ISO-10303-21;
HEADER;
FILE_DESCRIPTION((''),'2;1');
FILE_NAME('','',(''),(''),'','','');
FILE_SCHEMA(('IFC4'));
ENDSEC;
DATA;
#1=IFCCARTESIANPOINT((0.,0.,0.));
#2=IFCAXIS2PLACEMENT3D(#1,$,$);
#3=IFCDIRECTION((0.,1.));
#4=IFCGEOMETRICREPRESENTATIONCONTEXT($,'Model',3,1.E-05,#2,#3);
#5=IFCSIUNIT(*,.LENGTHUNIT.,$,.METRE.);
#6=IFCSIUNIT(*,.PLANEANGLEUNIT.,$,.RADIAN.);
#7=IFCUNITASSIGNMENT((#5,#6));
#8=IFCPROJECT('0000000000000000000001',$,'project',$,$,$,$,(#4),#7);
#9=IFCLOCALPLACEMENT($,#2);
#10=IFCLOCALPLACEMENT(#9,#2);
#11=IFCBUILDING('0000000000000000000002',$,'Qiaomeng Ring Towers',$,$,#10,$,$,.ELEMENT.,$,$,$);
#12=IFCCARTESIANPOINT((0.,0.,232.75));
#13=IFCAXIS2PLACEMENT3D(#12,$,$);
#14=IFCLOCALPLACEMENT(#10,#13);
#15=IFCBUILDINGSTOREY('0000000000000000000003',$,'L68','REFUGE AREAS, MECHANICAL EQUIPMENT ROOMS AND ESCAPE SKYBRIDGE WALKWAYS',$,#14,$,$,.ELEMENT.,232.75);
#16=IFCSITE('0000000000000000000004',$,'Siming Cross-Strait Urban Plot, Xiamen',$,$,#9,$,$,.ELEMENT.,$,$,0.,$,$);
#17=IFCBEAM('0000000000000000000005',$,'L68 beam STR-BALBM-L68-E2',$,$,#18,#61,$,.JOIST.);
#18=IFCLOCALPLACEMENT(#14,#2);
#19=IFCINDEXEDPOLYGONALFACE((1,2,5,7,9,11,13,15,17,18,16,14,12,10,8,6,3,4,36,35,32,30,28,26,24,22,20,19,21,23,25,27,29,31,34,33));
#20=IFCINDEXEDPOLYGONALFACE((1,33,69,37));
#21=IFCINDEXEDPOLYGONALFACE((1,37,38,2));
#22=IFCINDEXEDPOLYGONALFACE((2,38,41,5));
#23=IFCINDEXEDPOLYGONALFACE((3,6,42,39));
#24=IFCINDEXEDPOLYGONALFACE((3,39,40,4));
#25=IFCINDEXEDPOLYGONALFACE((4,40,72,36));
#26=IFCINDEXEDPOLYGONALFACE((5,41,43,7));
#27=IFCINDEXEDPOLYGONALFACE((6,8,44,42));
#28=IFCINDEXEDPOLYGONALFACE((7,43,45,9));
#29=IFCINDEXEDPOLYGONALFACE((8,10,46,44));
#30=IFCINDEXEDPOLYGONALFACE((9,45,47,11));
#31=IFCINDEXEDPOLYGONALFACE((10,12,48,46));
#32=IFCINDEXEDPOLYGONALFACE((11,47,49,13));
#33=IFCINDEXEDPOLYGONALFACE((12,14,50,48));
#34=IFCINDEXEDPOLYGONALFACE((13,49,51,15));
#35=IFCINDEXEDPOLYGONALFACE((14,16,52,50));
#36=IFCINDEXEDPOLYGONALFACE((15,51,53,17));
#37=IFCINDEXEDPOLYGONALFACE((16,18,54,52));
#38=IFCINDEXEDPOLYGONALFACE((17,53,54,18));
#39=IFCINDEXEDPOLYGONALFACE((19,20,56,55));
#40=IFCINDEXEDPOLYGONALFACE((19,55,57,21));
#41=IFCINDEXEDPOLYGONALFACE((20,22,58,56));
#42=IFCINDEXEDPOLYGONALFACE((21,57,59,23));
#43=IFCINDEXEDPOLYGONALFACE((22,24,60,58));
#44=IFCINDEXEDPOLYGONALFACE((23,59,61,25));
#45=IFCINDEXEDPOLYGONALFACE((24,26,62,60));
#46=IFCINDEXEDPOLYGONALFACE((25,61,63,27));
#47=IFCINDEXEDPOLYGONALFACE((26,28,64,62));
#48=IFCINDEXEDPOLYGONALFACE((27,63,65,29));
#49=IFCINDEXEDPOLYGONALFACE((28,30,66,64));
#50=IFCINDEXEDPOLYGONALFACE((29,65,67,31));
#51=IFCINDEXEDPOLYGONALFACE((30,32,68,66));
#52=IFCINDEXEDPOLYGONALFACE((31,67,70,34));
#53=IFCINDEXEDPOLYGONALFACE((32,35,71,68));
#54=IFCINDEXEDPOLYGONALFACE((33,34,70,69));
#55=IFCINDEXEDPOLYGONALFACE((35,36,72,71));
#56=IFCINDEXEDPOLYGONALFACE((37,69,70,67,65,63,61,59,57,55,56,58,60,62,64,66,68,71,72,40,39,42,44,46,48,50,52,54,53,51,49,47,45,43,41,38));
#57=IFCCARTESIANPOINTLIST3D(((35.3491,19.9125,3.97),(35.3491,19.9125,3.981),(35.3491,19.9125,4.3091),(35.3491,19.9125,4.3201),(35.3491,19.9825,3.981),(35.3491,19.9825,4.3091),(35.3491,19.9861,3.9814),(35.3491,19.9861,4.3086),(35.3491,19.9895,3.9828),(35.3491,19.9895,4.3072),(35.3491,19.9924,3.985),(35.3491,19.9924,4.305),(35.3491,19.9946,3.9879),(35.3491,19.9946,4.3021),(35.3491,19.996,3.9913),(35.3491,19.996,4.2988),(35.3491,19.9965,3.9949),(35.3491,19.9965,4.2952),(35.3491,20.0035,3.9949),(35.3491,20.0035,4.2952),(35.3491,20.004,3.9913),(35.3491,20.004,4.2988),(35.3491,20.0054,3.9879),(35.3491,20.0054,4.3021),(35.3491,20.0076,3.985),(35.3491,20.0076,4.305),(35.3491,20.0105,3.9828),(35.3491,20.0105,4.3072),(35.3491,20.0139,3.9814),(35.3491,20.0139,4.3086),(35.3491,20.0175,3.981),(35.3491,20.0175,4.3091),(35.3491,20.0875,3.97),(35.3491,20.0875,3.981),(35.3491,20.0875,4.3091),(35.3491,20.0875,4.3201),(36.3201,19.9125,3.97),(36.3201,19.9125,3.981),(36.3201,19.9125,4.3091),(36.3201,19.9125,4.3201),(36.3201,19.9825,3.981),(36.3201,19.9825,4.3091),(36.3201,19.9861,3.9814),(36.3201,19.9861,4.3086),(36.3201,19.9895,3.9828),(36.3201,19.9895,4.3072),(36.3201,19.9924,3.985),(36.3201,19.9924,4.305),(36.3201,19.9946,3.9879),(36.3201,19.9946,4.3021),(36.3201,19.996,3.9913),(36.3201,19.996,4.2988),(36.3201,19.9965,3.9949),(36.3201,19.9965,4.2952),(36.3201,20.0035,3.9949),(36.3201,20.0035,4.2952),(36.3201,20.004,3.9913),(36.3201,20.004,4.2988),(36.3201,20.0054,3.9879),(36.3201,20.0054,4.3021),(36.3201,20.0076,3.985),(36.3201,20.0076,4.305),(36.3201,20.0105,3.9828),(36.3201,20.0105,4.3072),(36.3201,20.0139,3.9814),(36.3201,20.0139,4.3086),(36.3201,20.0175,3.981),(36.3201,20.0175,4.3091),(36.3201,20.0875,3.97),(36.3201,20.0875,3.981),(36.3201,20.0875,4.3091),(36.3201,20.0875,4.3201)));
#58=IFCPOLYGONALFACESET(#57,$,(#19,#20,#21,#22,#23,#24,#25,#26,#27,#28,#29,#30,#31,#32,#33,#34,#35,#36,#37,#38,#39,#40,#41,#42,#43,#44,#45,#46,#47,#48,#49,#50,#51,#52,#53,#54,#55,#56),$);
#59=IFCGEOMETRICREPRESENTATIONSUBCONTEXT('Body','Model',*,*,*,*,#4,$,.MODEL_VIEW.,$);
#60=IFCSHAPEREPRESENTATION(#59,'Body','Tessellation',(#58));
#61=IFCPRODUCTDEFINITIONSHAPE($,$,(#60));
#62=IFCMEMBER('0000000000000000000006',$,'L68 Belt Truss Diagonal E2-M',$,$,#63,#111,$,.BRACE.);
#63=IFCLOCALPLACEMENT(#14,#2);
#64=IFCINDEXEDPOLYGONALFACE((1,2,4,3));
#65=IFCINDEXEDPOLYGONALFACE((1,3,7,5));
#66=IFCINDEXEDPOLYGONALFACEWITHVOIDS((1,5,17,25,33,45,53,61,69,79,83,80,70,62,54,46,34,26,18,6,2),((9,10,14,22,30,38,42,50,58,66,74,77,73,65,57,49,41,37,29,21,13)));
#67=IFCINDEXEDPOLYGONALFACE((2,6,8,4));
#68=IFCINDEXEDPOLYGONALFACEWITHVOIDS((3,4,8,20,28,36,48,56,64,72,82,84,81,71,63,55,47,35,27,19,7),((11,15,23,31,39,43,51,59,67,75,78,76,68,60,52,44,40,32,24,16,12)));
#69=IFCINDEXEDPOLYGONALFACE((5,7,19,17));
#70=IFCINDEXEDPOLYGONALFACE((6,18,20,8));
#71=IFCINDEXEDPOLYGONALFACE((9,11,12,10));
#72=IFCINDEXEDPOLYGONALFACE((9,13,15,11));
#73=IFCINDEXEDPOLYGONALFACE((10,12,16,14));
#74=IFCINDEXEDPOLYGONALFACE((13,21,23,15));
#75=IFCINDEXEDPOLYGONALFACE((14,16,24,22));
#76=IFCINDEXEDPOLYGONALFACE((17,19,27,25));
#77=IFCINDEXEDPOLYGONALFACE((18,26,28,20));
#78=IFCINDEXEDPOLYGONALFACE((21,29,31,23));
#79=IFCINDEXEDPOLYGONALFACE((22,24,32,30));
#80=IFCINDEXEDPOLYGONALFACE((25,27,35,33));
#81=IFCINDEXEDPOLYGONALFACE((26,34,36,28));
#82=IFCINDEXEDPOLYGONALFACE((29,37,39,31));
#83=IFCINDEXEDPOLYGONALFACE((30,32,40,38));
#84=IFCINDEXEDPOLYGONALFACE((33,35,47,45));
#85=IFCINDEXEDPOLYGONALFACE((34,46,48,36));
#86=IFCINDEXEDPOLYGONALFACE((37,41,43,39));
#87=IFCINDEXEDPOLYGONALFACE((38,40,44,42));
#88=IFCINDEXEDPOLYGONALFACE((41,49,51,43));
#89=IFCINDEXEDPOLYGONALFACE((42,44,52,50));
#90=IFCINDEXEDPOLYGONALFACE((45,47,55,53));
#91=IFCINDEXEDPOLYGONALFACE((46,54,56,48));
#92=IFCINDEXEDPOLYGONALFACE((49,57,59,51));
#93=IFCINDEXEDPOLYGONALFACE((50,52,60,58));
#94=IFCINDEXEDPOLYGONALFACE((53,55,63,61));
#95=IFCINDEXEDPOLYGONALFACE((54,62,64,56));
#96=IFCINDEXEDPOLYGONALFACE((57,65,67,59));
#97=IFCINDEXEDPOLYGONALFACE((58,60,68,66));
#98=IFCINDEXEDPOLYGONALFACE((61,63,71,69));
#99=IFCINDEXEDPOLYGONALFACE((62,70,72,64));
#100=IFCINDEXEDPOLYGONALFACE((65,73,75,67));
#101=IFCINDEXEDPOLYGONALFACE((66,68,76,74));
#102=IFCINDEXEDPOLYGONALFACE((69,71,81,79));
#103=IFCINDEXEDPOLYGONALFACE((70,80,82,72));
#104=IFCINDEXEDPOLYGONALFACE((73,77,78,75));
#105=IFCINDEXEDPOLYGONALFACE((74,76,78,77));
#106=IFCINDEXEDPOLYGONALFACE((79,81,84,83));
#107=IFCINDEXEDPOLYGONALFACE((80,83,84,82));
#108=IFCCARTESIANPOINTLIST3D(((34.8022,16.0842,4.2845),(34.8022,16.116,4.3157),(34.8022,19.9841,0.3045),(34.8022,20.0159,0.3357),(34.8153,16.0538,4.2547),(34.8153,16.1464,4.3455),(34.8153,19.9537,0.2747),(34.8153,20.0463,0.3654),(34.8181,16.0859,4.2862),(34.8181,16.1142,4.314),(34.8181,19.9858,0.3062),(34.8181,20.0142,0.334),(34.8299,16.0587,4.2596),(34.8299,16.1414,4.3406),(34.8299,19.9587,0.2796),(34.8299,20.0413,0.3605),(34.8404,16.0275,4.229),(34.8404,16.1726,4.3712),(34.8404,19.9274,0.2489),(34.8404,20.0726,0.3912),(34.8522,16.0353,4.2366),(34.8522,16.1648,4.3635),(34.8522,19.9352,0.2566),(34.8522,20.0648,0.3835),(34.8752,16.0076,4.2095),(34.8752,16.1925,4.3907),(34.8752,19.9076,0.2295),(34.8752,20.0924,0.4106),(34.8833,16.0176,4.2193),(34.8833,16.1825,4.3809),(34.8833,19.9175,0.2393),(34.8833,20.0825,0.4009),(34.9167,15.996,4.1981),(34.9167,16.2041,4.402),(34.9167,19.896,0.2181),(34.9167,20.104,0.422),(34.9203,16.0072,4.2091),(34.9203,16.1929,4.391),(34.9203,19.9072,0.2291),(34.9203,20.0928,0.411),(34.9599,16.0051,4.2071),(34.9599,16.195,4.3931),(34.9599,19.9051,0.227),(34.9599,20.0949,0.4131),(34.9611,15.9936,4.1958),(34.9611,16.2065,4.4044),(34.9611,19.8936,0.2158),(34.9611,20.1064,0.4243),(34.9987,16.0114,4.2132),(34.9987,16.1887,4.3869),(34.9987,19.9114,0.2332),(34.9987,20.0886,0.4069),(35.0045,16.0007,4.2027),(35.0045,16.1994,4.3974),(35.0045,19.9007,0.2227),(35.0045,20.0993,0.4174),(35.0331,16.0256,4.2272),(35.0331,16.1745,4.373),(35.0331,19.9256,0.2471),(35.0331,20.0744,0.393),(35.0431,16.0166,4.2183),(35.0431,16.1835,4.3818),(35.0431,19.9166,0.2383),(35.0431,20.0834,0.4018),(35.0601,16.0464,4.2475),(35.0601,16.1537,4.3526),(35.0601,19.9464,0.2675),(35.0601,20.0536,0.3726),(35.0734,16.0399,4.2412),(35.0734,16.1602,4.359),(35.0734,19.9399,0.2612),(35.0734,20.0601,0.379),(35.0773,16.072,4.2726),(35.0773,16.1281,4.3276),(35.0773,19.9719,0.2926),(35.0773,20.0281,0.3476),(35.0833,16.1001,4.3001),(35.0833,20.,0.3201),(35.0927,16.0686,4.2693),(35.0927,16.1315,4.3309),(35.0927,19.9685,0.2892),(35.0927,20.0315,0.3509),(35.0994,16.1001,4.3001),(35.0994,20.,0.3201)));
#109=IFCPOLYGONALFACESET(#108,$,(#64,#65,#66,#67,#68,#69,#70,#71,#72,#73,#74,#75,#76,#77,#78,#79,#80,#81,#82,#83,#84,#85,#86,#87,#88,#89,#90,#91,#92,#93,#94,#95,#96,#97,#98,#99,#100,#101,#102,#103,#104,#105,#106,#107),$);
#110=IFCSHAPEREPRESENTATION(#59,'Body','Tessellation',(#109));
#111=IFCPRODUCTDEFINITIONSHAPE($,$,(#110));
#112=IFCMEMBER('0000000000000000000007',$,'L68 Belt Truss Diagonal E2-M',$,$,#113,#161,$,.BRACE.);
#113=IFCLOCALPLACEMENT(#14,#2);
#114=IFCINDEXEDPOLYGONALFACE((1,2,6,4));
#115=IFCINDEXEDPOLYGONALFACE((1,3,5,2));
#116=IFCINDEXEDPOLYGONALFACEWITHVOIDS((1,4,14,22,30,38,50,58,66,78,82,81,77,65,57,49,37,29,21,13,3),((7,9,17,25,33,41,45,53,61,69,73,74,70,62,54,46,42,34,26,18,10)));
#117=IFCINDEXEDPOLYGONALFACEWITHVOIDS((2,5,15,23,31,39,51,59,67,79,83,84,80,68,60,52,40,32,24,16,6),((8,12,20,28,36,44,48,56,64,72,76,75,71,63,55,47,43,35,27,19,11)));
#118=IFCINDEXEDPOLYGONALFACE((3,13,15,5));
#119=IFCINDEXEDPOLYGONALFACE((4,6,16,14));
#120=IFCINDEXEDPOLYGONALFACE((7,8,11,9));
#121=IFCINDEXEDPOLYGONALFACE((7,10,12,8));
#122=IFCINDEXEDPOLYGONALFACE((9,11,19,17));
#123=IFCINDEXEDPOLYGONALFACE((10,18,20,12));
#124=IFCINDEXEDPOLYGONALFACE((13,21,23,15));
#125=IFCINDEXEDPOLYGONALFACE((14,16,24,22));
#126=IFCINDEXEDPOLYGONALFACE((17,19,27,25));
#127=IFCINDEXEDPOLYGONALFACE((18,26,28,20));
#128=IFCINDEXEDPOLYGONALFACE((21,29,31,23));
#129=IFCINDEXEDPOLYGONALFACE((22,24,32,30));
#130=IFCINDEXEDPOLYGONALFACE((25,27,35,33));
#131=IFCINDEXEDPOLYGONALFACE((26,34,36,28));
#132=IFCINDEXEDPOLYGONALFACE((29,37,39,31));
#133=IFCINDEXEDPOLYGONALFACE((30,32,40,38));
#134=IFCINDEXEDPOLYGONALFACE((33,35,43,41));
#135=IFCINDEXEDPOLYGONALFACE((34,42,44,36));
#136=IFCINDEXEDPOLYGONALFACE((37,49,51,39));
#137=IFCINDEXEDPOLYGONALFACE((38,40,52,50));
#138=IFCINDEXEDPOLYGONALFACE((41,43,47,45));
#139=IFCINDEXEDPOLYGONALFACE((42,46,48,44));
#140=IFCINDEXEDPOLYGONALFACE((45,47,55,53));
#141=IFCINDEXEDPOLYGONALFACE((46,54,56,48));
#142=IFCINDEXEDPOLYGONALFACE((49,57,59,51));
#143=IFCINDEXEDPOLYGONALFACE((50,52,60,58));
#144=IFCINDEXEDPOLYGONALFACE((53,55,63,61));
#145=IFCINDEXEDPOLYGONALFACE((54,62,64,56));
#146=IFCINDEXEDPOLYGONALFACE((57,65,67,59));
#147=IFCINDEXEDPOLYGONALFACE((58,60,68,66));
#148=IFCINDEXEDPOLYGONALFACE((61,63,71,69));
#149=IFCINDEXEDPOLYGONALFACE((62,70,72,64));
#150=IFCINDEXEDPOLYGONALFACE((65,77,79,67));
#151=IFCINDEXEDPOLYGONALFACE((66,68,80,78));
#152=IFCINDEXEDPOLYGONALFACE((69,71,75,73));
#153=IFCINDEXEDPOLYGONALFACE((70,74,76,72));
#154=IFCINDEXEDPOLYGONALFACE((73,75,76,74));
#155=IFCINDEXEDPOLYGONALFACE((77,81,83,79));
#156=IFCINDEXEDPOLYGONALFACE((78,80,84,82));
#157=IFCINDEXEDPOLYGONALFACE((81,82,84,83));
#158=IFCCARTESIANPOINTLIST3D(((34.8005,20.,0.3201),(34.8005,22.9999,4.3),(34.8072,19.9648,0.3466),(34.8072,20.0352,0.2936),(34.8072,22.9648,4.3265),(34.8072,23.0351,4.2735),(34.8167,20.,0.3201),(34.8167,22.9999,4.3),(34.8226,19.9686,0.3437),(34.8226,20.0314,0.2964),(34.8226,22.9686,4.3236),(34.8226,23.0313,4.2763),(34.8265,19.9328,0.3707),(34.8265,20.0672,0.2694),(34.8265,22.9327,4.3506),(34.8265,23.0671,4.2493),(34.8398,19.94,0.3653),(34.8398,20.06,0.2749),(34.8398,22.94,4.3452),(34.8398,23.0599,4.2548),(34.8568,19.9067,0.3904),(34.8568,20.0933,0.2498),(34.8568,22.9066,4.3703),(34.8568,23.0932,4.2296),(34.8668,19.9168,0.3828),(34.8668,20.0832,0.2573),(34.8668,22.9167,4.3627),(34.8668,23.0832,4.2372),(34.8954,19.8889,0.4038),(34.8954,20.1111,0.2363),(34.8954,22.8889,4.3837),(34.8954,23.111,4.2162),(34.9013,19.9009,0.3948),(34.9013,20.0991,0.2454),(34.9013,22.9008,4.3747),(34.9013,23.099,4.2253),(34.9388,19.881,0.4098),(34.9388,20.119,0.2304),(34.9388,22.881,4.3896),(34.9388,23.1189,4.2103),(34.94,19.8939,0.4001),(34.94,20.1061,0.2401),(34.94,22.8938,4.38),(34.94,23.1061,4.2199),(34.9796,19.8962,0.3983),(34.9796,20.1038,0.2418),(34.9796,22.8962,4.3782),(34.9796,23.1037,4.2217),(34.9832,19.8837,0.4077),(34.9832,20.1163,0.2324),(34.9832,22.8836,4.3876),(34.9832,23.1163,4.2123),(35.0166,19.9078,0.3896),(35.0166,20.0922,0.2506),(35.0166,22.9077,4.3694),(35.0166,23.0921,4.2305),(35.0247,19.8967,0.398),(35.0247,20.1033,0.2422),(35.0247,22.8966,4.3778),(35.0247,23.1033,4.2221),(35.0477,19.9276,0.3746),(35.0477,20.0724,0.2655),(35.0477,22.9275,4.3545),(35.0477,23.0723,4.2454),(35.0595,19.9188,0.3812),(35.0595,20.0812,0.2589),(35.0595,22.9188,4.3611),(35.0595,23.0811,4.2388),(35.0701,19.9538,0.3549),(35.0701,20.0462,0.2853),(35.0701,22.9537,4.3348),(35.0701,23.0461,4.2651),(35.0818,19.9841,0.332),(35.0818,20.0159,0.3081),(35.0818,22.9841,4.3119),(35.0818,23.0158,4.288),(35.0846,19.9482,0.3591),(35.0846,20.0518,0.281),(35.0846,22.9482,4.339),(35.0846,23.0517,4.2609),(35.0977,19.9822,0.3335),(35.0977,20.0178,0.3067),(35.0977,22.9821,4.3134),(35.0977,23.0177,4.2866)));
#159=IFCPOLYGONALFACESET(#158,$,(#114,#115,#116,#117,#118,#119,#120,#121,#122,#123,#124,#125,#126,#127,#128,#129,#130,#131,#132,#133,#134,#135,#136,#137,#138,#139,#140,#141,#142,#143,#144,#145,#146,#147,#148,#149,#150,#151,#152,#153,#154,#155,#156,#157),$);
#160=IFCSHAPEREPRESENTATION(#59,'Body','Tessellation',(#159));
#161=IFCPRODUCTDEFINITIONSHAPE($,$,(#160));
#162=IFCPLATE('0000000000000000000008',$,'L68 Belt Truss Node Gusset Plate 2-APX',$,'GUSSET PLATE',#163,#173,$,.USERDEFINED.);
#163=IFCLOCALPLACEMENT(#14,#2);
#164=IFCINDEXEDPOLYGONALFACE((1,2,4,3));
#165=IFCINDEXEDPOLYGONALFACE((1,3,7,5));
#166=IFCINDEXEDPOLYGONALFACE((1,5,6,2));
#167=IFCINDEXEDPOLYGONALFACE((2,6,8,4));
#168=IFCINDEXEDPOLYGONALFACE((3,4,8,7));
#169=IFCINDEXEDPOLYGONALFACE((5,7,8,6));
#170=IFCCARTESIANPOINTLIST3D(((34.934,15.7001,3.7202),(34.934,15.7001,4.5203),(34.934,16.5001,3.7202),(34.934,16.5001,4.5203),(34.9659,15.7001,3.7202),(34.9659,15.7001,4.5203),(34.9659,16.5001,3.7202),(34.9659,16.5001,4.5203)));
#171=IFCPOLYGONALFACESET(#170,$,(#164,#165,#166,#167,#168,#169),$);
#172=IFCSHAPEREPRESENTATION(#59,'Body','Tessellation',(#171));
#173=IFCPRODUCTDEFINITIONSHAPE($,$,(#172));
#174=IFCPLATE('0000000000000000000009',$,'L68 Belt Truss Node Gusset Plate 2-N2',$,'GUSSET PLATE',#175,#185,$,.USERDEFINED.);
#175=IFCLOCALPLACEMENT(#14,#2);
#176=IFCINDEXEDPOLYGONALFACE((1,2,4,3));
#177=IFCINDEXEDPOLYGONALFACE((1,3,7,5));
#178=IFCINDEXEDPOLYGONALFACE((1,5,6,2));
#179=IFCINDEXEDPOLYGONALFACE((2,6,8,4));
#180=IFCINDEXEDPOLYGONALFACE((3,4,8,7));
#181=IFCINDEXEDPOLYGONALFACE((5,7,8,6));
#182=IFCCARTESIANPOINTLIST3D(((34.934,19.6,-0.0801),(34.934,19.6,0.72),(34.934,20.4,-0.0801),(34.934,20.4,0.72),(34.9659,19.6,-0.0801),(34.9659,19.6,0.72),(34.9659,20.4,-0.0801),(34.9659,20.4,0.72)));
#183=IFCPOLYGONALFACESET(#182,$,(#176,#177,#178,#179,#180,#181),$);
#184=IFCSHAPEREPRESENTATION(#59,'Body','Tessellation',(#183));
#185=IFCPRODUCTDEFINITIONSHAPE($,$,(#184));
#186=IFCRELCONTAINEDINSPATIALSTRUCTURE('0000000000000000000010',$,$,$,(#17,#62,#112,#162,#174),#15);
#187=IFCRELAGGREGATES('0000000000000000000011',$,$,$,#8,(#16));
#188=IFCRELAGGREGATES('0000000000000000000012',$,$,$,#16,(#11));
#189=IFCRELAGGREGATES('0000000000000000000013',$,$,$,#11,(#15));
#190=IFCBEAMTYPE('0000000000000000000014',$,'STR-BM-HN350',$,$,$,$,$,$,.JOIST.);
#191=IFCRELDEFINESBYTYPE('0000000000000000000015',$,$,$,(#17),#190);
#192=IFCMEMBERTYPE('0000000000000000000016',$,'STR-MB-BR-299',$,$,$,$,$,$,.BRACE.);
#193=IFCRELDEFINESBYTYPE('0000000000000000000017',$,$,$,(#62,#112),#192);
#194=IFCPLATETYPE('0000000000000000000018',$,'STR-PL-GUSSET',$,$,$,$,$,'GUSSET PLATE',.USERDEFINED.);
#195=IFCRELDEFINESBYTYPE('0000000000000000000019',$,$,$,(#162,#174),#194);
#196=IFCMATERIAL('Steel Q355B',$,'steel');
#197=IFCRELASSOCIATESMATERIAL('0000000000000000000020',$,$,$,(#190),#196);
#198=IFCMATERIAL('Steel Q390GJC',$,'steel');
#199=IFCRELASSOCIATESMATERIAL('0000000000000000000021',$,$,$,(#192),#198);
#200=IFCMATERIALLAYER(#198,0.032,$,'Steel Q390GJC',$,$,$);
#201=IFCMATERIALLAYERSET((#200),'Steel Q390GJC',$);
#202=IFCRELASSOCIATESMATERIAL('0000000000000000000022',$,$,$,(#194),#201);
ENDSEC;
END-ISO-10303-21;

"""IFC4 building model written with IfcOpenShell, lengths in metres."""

from ifc_helpers import new_model, si_unit, direction, frame, origin, origin_2d, place, context, subcontext, project, spatial, rectangle, hollow_circle, i_section, extrude, source, transform, mapped, material, layer, layer_set, material_profile, profile_set, type_object, element, save


model = new_model("IFC4")

# Units and contexts
model_context = context("Model", 3, precision=1e-05, world=origin(), true_north=direction((0.0, 1.0)))
body_context = subcontext(model_context, "Body", "Model", "MODEL_VIEW")
ifc_project = project(units=[si_unit("LENGTHUNIT", "METRE"), si_unit("PLANEANGLEUNIT", "RADIAN")], contexts=[model_context])

# Site, building, storey
site_placement = place(None, origin())
site = spatial("IfcSite", under=ifc_project, at=site_placement, Name="Siming Cross-Strait Urban Plot, Xiamen", CompositionType="ELEMENT", RefElevation=0.0)
building_placement = place(site_placement, origin())
building = spatial("IfcBuilding", under=site, at=building_placement, Name="Qiaomeng Ring Towers", CompositionType="ELEMENT")
storey_placement = place(building_placement, frame((0.0, 0.0, 232.75)))
storey = spatial("IfcBuildingStorey", under=building, at=storey_placement, Name="L68", Description="REFUGE AREAS, MECHANICAL EQUIPMENT ROOMS AND ESCAPE SKYBRIDGE WALKWAYS", CompositionType="ELEMENT", Elevation=232.75)

# Shared definitions
ifc_material_1 = material(Name="Steel Q390GJC", Category="steel")

# Beam
ifc_material_2 = material(Name="Steel Q355B", Category="steel")
ifc_material_profile_1 = material_profile(ifc_material_2, i_section(OverallWidth=0.175, OverallDepth=0.3501, WebThickness=0.0071, FlangeThickness=0.011, FilletRadius=0.0139, at=origin_2d()), Name="HN 350x175x7x11")
ifc_profile_set_1 = profile_set([ifc_material_profile_1], Name="Steel Q355B")
beam_type_1 = type_object("IfcBeamType", Name="STR-BM-HN350", PredefinedType="JOIST", material=ifc_profile_set_1)
shared_shape_1 = source(origin(), body_context, "Body", "SweptSolid", [
    extrude(i_section(OverallWidth=0.175, OverallDepth=0.3501, WebThickness=0.0071, FlangeThickness=0.011, FilletRadius=0.0139, at=origin_2d()), origin(), (0.0, 0.0, 1.0), 0.9709),
])
beam_1_placement = place(storey_placement, frame((35.3491, 20.0, 4.145), z_axis=(1.0, 0.0, 0.0), x_axis=(0.0, 1.0, 0.0)))
element("IfcBeam", 1, at=beam_1_placement, inside=storey, type_object=beam_type_1, Name="L68 beam STR-BALBM-L68-E2", PredefinedType="JOIST", context=body_context, shape_type="MappedRepresentation", body=[
    mapped(shared_shape_1, transform((0.0, 0.0, 0.0), x_axis=(1.0, 0.0, 0.0), y_axis=(0.0, 1.0, 0.0), z_axis=(0.0, 0.0, 1.0), scale=1.0)),
])

# Members
ifc_material_profile_2 = material_profile(ifc_material_1, hollow_circle(Radius=0.1494, WallThickness=0.0161, at=origin_2d()), Name="CHS 299x16")
ifc_profile_set_2 = profile_set([ifc_material_profile_2], Name="Steel Q390GJC")
member_type_1 = type_object("IfcMemberType", Name="STR-MB-BR-299", PredefinedType="BRACE", material=ifc_profile_set_2)
shared_shape_2 = source(origin(), body_context, "Body", "SweptSolid", [
    extrude(hollow_circle(Radius=0.1494, WallThickness=0.0161, at=origin_2d()), origin(), (0.0, 0.0, 1.0), 5.5723),
])
member_1_placement = place(storey_placement, frame((34.95, 20.0, 0.3201), z_axis=(0.0, -0.699885, 0.714256), x_axis=(1.0, 0.0, 0.0)))
element("IfcMember", 2, at=member_1_placement, inside=storey, type_object=member_type_1, Name="L68 Belt Truss Diagonal E2-M", PredefinedType="BRACE", context=body_context, shape_type="MappedRepresentation", body=[
    mapped(shared_shape_2, transform((0.0, 0.0, 0.0), x_axis=(1.0, 0.0, 0.0), y_axis=(0.0, 1.0, 0.0), z_axis=(0.0, 0.0, 1.0), scale=1.0)),
])
shared_shape_3 = source(origin(), body_context, "Body", "SweptSolid", [
    extrude(hollow_circle(Radius=0.1494, WallThickness=0.0161, at=origin_2d()), origin(), (0.0, 0.0, 1.0), 4.9839),
])
member_2_placement = place(storey_placement, frame((34.95, 20.0, 0.3201), z_axis=(0.0, 0.601926, 0.798552), x_axis=(-1.0, 0.0, 0.0)))
element("IfcMember", 3, at=member_2_placement, inside=storey, type_object=member_type_1, Name="L68 Belt Truss Diagonal E2-M", PredefinedType="BRACE", context=body_context, shape_type="MappedRepresentation", body=[
    mapped(shared_shape_3, transform((0.0, 0.0, 0.0), x_axis=(1.0, 0.0, 0.0), y_axis=(0.0, 1.0, 0.0), z_axis=(0.0, 0.0, 1.0), scale=1.0)),
])

# Plates
ifc_layer_1 = layer(ifc_material_1, 0.032, Name="Steel Q390GJC")
ifc_layer_set_1 = layer_set([ifc_layer_1], Name="Steel Q390GJC")
plate_type = type_object("IfcPlateType", Name="STR-PL-GUSSET", ElementType="GUSSET PLATE", PredefinedType="USERDEFINED", material=ifc_layer_set_1)
shared_shape_4 = source(origin(), body_context, "Body", "SweptSolid", [
    extrude(rectangle(XDim=0.8, YDim=0.032, at=origin_2d()), origin(), (0.0, 0.0, 1.0), 0.8),
])
for number, where, z_axis, x_axis, name in (
    (4, (34.95, 16.1001, 3.7202), (0.0, 0.0, 1.0), (0.0, 1.0, 0.0), "L68 Belt Truss Node Gusset Plate 2-APX"),
    (5, (34.95, 20.0, -0.0801), (0.0, 0.0, 1.0), (0.0, 1.0, 0.0), "L68 Belt Truss Node Gusset Plate 2-N2"),
):
    element("IfcPlate", number, at=place(storey_placement, frame(where, z_axis=z_axis, x_axis=x_axis)), inside=storey, type_object=plate_type, Name=name, ObjectType="GUSSET PLATE", PredefinedType="USERDEFINED", context=body_context, shape_type="MappedRepresentation", body=[
        mapped(shared_shape_4, transform((0.0, 0.0, 0.0), x_axis=(1.0, 0.0, 0.0), y_axis=(0.0, 1.0, 0.0), z_axis=(0.0, 0.0, 1.0), scale=1.0)),
    ])

save(model, "model.ifc")
